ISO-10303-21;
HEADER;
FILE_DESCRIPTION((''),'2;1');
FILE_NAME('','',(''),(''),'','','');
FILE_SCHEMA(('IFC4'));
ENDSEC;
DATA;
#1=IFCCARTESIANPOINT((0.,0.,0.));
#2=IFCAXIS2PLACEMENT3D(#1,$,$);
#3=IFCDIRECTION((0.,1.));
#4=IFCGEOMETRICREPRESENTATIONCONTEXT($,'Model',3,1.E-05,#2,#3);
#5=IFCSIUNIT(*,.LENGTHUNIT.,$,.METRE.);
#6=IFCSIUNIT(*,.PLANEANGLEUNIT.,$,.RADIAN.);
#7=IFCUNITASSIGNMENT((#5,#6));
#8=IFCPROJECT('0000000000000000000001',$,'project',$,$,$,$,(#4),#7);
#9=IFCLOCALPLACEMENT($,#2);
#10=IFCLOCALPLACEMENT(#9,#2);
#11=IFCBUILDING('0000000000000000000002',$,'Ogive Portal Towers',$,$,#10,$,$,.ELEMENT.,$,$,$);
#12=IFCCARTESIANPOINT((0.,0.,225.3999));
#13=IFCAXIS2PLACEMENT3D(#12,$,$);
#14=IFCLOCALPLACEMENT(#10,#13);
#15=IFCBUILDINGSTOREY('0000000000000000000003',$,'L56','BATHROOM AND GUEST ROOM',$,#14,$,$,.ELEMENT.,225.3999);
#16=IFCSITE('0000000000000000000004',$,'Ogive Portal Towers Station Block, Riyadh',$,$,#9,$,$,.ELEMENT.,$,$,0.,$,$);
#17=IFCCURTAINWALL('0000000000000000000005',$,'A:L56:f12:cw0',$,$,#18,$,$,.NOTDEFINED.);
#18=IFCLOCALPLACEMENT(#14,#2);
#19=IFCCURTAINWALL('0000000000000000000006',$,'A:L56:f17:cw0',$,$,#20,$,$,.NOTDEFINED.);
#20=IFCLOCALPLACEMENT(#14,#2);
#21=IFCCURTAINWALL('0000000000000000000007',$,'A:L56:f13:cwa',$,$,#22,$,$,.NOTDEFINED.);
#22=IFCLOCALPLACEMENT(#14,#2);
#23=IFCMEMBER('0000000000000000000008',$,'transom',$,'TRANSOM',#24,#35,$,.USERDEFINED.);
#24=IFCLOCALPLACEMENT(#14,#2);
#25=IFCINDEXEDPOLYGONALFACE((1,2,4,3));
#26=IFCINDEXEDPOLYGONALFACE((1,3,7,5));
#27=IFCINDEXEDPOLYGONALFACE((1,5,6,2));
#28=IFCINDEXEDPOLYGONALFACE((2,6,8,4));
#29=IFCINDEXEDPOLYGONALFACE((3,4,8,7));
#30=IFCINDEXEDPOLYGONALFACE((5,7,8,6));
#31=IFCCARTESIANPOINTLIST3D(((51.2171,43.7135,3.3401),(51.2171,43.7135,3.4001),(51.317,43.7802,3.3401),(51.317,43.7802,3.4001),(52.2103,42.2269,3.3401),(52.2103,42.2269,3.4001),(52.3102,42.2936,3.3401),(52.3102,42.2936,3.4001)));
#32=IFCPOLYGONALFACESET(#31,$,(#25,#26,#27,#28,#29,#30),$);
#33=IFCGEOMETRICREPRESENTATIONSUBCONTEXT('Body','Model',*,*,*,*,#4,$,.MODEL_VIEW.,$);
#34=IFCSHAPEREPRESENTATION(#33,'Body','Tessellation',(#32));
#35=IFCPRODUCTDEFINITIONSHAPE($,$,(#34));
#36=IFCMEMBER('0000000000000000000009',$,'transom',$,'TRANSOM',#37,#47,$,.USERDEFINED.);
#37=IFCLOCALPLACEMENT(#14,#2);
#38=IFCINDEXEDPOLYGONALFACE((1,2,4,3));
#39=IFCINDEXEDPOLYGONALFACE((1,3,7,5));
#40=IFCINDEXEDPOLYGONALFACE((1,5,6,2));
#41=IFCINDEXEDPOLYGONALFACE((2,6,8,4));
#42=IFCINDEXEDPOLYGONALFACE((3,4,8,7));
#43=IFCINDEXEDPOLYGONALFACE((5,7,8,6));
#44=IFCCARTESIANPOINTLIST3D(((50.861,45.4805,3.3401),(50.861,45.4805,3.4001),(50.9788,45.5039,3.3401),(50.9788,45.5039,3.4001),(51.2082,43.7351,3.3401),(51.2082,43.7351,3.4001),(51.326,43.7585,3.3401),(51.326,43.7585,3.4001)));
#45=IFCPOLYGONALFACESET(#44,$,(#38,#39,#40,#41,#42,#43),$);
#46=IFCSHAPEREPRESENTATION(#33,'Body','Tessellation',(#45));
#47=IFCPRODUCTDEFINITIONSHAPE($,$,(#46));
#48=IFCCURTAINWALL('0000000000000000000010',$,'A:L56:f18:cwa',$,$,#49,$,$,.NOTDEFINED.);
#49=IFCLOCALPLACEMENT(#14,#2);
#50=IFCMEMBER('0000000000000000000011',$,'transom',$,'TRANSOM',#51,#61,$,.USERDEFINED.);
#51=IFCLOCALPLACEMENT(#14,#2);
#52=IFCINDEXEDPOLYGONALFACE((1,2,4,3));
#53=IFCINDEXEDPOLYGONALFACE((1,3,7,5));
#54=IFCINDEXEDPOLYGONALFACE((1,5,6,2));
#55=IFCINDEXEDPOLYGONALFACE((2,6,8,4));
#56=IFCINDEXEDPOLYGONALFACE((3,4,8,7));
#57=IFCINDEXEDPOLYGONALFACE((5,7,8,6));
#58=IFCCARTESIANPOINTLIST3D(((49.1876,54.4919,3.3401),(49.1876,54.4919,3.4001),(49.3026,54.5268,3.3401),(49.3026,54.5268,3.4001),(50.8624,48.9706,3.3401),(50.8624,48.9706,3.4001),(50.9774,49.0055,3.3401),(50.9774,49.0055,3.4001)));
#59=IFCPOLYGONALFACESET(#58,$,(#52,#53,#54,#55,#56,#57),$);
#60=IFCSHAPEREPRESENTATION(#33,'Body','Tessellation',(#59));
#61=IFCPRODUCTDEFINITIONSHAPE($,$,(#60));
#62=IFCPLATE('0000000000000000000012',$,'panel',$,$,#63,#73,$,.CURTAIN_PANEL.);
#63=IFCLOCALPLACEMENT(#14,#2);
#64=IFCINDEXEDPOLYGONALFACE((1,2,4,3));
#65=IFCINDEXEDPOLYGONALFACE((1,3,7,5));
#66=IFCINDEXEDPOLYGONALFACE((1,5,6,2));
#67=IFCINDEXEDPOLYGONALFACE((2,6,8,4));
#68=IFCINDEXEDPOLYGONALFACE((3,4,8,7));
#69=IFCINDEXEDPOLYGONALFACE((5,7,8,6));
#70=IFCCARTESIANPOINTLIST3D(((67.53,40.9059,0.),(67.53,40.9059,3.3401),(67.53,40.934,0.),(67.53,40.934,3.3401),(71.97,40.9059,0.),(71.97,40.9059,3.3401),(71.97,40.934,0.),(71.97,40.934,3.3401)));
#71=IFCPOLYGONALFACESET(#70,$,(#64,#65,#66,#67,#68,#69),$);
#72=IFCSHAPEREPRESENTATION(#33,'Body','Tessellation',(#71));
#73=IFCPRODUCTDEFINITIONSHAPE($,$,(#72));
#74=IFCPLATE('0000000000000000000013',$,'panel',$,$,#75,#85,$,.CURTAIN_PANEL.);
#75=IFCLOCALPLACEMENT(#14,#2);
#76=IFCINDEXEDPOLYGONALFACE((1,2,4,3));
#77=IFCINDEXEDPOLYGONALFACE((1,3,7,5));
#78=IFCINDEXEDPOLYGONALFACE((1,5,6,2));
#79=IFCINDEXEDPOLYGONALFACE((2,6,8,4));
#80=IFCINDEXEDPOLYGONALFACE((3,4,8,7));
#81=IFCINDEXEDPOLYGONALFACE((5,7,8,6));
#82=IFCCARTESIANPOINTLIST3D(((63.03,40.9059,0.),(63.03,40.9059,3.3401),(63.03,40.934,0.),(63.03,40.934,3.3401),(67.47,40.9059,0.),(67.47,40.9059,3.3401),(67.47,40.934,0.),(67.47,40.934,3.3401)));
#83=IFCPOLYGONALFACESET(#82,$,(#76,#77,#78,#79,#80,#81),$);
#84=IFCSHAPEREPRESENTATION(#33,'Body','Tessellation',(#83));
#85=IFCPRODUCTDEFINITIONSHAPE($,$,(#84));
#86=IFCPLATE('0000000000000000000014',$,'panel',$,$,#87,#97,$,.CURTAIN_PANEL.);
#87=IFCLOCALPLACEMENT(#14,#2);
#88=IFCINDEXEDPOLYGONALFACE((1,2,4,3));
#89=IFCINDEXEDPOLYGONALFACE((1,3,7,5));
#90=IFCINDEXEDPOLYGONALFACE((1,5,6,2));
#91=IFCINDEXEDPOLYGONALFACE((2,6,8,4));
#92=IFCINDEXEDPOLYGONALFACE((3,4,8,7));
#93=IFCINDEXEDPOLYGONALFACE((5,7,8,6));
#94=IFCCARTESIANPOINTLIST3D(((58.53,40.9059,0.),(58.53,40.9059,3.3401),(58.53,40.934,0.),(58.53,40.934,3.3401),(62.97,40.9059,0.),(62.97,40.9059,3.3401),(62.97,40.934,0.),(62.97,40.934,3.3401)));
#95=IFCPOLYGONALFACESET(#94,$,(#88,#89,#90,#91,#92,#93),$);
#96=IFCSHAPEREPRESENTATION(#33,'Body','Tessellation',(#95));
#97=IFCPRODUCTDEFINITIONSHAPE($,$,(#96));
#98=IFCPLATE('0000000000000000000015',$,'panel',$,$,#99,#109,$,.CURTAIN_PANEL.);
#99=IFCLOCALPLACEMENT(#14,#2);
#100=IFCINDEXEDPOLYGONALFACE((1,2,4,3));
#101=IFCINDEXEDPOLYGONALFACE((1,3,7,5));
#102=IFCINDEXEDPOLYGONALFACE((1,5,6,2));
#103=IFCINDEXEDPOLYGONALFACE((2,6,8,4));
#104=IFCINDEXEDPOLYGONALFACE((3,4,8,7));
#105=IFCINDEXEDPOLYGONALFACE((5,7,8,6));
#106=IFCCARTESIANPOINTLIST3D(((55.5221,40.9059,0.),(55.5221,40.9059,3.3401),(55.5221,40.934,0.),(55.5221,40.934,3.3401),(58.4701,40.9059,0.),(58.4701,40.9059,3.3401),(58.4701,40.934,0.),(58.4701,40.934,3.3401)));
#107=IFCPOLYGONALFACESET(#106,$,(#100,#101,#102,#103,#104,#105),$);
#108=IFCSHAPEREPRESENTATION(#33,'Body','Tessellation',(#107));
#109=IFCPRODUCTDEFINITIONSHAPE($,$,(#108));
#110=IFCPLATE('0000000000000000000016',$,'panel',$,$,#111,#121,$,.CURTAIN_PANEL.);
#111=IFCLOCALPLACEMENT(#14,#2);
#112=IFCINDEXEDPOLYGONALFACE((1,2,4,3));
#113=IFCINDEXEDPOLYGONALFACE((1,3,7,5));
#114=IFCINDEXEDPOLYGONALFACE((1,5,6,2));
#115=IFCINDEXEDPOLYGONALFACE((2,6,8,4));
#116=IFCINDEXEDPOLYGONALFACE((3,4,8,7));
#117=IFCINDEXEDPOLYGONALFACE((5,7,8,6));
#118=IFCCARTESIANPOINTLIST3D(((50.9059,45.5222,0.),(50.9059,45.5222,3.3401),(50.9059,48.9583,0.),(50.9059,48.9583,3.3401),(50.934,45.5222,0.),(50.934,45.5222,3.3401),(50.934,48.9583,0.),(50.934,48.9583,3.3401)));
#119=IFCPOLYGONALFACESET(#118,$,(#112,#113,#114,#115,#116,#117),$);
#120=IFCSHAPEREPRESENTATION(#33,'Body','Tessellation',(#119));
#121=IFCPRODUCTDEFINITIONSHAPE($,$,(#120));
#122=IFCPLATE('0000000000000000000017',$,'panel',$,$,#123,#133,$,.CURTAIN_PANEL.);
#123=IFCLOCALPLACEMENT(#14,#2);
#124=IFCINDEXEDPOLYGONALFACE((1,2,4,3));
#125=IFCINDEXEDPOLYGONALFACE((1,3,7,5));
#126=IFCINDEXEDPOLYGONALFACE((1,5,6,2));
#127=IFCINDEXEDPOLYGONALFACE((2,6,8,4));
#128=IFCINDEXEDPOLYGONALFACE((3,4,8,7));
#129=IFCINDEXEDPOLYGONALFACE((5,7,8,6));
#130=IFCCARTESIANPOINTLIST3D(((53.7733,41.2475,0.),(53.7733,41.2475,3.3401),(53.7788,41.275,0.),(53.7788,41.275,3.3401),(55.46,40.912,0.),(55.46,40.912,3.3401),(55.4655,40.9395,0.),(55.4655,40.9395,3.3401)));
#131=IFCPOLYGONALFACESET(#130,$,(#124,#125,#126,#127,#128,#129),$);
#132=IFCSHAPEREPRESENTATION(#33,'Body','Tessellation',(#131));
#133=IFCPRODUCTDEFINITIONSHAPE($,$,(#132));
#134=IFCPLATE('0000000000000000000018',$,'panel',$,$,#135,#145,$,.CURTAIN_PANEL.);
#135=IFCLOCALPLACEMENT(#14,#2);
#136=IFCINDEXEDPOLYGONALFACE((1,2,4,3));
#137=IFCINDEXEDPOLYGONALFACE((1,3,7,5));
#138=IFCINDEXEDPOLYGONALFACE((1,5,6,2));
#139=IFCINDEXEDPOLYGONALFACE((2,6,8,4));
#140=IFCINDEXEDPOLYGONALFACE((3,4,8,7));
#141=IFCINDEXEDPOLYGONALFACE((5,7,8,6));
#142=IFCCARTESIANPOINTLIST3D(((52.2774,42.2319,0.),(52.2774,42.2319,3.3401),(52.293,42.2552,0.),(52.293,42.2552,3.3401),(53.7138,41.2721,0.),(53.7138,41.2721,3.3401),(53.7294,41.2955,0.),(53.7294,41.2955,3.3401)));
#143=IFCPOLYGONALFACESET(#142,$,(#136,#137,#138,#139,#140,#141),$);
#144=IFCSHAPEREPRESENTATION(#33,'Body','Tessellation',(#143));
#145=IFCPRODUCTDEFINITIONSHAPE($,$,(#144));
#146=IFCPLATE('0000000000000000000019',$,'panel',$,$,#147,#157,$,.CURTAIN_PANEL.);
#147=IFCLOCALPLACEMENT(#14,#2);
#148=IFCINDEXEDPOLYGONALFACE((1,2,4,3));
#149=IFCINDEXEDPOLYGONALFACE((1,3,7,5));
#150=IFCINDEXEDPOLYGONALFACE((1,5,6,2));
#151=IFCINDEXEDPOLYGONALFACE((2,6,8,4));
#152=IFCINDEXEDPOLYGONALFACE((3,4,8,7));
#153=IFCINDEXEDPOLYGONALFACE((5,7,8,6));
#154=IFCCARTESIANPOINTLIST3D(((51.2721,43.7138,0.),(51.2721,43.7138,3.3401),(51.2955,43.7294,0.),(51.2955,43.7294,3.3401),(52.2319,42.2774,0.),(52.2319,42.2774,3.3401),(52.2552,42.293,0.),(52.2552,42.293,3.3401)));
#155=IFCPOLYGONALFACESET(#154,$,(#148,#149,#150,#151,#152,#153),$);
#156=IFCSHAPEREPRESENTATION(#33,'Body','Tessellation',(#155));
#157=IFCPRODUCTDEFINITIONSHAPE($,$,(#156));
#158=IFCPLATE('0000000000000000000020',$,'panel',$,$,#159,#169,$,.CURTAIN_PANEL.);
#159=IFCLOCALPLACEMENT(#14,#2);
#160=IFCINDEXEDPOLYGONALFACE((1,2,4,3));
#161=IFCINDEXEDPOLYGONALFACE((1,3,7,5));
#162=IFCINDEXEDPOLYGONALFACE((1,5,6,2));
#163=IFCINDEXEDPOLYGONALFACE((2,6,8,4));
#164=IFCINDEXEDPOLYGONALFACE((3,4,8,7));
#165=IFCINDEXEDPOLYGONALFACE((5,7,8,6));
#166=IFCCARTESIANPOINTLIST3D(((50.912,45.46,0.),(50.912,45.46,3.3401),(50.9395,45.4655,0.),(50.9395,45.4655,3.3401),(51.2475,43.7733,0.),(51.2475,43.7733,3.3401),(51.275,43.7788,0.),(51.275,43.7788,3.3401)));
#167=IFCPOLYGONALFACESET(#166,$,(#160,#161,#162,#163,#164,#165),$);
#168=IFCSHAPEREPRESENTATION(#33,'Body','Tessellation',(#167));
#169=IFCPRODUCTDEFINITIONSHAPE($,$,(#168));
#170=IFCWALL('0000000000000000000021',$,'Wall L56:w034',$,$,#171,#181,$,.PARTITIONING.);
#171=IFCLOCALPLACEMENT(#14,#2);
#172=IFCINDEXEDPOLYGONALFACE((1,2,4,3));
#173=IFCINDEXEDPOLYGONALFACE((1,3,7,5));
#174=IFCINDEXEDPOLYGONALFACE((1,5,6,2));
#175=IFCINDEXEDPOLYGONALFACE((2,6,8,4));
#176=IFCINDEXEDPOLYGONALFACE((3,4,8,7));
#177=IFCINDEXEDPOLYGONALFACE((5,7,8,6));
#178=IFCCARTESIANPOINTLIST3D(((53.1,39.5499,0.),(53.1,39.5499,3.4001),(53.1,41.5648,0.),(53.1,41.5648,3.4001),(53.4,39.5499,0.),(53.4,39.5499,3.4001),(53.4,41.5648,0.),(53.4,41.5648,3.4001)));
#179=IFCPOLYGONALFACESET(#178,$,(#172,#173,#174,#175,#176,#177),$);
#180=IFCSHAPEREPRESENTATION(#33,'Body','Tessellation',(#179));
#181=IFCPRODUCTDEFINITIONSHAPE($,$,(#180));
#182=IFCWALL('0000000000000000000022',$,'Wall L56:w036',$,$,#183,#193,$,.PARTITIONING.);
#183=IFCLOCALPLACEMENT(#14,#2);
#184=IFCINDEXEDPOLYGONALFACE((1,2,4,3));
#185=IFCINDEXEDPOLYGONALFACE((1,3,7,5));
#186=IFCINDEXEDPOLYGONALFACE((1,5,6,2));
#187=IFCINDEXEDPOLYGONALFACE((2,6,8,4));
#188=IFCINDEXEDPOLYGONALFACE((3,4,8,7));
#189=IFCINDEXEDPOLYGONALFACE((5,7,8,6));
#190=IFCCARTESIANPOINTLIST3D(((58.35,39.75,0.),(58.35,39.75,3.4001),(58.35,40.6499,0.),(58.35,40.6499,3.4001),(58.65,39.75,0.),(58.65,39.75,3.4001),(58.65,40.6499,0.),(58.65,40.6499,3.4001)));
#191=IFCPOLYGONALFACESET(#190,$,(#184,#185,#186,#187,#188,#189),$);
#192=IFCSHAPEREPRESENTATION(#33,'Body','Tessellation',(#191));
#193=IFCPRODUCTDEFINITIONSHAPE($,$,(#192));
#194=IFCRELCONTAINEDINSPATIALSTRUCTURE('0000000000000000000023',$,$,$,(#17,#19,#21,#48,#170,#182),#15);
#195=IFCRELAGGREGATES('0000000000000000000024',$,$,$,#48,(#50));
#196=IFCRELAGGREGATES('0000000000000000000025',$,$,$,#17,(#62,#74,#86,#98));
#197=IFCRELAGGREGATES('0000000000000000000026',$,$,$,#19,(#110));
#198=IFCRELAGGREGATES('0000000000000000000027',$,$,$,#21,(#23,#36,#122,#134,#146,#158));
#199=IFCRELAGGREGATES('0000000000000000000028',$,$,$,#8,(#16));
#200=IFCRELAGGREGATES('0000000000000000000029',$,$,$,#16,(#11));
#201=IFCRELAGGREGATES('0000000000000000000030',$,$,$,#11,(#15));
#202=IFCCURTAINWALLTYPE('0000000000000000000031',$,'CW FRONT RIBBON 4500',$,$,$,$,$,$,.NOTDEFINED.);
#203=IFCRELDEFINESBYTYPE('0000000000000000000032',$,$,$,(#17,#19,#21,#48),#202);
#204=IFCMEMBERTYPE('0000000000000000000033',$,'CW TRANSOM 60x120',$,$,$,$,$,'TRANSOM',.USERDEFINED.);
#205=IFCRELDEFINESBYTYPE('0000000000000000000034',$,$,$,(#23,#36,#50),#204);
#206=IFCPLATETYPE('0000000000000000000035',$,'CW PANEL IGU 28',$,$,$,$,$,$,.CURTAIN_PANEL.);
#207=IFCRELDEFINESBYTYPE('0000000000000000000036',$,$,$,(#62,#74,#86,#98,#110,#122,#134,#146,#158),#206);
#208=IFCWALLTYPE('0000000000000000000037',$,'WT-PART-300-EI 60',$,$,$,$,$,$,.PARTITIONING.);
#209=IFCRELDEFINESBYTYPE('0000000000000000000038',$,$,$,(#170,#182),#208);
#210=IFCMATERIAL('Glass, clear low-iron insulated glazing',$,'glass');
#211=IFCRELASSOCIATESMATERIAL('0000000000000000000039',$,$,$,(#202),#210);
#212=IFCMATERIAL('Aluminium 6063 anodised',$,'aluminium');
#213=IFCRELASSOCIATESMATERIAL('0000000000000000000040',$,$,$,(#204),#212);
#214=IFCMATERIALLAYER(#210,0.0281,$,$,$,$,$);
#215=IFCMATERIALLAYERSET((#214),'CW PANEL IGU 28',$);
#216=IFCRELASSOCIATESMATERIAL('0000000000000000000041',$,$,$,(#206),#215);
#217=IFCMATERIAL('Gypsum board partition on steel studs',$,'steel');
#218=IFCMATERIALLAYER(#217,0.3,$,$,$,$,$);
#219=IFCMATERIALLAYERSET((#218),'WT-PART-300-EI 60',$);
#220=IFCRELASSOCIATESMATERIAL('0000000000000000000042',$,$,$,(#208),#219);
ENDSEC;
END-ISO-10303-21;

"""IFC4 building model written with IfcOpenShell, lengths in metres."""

from ifc_helpers import new_model, si_unit, direction, frame, frame_2d, origin, origin_2d, place, context, subcontext, project, spatial, rectangle, extrude, material, layer, layer_set, material_profile, profile_set, type_object, element, aggregate, save


model = new_model("IFC4")

# Units and contexts
model_context = context("Model", 3, precision=1e-05, world=origin(), true_north=direction((0.0, 1.0)))
body_context = subcontext(model_context, "Body", "Model", "MODEL_VIEW")
ifc_project = project(units=[si_unit("LENGTHUNIT", "METRE"), si_unit("PLANEANGLEUNIT", "RADIAN")], contexts=[model_context])

# Site, building, storey
site_placement = place(None, origin())
site = spatial("IfcSite", under=ifc_project, at=site_placement, Name="Ogive Portal Towers Station Block, Riyadh", CompositionType="ELEMENT", RefElevation=0.0)
building_placement = place(site_placement, origin())
building = spatial("IfcBuilding", under=site, at=building_placement, Name="Ogive Portal Towers", CompositionType="ELEMENT")
storey_placement = place(building_placement, frame((0.0, 0.0, 225.3999)))
storey = spatial("IfcBuildingStorey", under=building, at=storey_placement, Name="L56", Description="BATHROOM AND GUEST ROOM", CompositionType="ELEMENT", Elevation=225.3999)

# Curtain walls
ifc_material_1 = material(Name="Glass, clear low-iron insulated glazing", Category="glass")
curtain_wall_type = type_object("IfcCurtainWallType", Name="CW FRONT RIBBON 4500", PredefinedType="NOTDEFINED", material=ifc_material_1)
curtain_wall_1_placement = place(storey_placement, origin())
curtain_wall_1 = element("IfcCurtainWall", 1, at=curtain_wall_1_placement, inside=storey, type_object=curtain_wall_type, Name="A:L56:f12:cw0", PredefinedType="NOTDEFINED")
ifc_material_2 = material(Name="Aluminium 6063 anodised", Category="aluminium")
curtain_wall_2_placement = place(storey_placement, origin())
curtain_wall_2 = element("IfcCurtainWall", 2, at=curtain_wall_2_placement, inside=storey, type_object=curtain_wall_type, Name="A:L56:f17:cw0", PredefinedType="NOTDEFINED")
curtain_wall_3_placement = place(storey_placement, origin())
curtain_wall_3 = element("IfcCurtainWall", 3, at=curtain_wall_3_placement, inside=storey, type_object=curtain_wall_type, Name="A:L56:f13:cwa", PredefinedType="NOTDEFINED")

# Members
ifc_material_profile_1 = material_profile(ifc_material_2, rectangle(XDim=0.1201, YDim=0.0601, at=origin_2d()), Name="AL 120x60")
ifc_profile_set_1 = profile_set([ifc_material_profile_1], Name="Aluminium 6063 anodised")
member_type_1 = type_object("IfcMemberType", Name="CW TRANSOM 60x120", ElementType="TRANSOM", PredefinedType="USERDEFINED", material=ifc_profile_set_1)
member_1_placement = place(storey_placement, frame((52.2603, 42.2603, 3.3701), z_axis=(-0.555519, 0.831504, 0.0), x_axis=(-0.831504, -0.555519, 0.0)))
member_1 = element("IfcMember", 4, at=member_1_placement, type_object=member_type_1, Name="transom", ObjectType="TRANSOM", PredefinedType="USERDEFINED", context=body_context, shape_type="SweptSolid", body=[
    extrude(rectangle(XDim=0.1201, YDim=0.0601, at=origin_2d()), origin(), (0.0, 0.0, 1.0), 1.7878),
])
member_2_placement = place(storey_placement, frame((51.2671, 43.7468, 3.3701), z_axis=(-0.195087, 0.980786, 0.0), x_axis=(-0.980786, -0.195087, 0.0)))
member_2 = element("IfcMember", 5, at=member_2_placement, type_object=member_type_1, Name="transom", ObjectType="TRANSOM", PredefinedType="USERDEFINED", context=body_context, shape_type="SweptSolid", body=[
    extrude(rectangle(XDim=0.1201, YDim=0.0601, at=origin_2d()), origin(), (0.0, 0.0, 1.0), 1.7795),
])

# Curtain wall, member
curtain_wall_4_placement = place(storey_placement, origin())
curtain_wall_4 = element("IfcCurtainWall", 6, at=curtain_wall_4_placement, inside=storey, type_object=curtain_wall_type, Name="A:L56:f18:cwa", PredefinedType="NOTDEFINED")
member_3_placement = place(storey_placement, frame((50.9199, 48.988, 3.3701), z_axis=(-0.290277, 0.956943, 0.0), x_axis=(-0.956943, -0.290277, 0.0)))
member_3 = element("IfcMember", 7, at=member_3_placement, type_object=member_type_1, Name="transom", ObjectType="TRANSOM", PredefinedType="USERDEFINED", context=body_context, shape_type="SweptSolid", body=[
    extrude(rectangle(XDim=0.1201, YDim=0.0601, at=origin_2d()), origin(), (0.0, 0.0, 1.0), 5.7698),
])
aggregate(curtain_wall_4, [member_3])

# Plates
ifc_layer_1 = layer(ifc_material_1, 0.0281)
ifc_layer_set_1 = layer_set([ifc_layer_1], Name="CW PANEL IGU 28")
plate_type = type_object("IfcPlateType", Name="CW PANEL IGU 28", PredefinedType="CURTAIN_PANEL", material=ifc_layer_set_1)
plate_1_placement = place(storey_placement, frame((69.75, 40.9199, 0.0), z_axis=(0.0, 0.0, 1.0), x_axis=(-1.0, 0.0, 0.0)))
plate_1 = element("IfcPlate", 8, at=plate_1_placement, type_object=plate_type, Name="panel", PredefinedType="CURTAIN_PANEL", context=body_context, shape_type="SweptSolid", body=[
    extrude(rectangle(XDim=4.4399, YDim=0.0281, at=origin_2d()), origin(), (0.0, 0.0, 1.0), 3.3401),
])
plate_2_placement = place(storey_placement, frame((65.25, 40.9199, 0.0), z_axis=(0.0, 0.0, 1.0), x_axis=(-1.0, 0.0, 0.0)))
plate_2 = element("IfcPlate", 9, at=plate_2_placement, type_object=plate_type, Name="panel", PredefinedType="CURTAIN_PANEL", context=body_context, shape_type="SweptSolid", body=[
    extrude(rectangle(XDim=4.4399, YDim=0.0281, at=origin_2d()), origin(), (0.0, 0.0, 1.0), 3.3401),
])
plate_3_placement = place(storey_placement, frame((60.75, 40.9199, 0.0), z_axis=(0.0, 0.0, 1.0), x_axis=(-1.0, 0.0, 0.0)))
plate_3 = element("IfcPlate", 10, at=plate_3_placement, type_object=plate_type, Name="panel", PredefinedType="CURTAIN_PANEL", context=body_context, shape_type="SweptSolid", body=[
    extrude(rectangle(XDim=4.4399, YDim=0.0281, at=origin_2d()), origin(), (0.0, 0.0, 1.0), 3.3401),
])
plate_4_placement = place(storey_placement, frame((56.9961, 40.9199, 0.0), z_axis=(0.0, 0.0, 1.0), x_axis=(-1.0, 0.0, 0.0)))
plate_4 = element("IfcPlate", 11, at=plate_4_placement, type_object=plate_type, Name="panel", PredefinedType="CURTAIN_PANEL", context=body_context, shape_type="SweptSolid", body=[
    extrude(rectangle(XDim=2.948, YDim=0.0281, at=origin_2d()), origin(), (0.0, 0.0, 1.0), 3.3401),
])
aggregate(curtain_wall_1, [plate_1, plate_2, plate_3, plate_4])
plate_5_placement = place(storey_placement, frame((50.9199, 47.2402, 0.0), z_axis=(0.0, 0.0, 1.0), x_axis=(0.0, 1.0, 0.0)))
plate_5 = element("IfcPlate", 12, at=plate_5_placement, type_object=plate_type, Name="panel", PredefinedType="CURTAIN_PANEL", context=body_context, shape_type="SweptSolid", body=[
    extrude(rectangle(XDim=3.436, YDim=0.0281, at=origin_2d()), origin(), (0.0, 0.0, 1.0), 3.3401),
])
aggregate(curtain_wall_2, [plate_5])
plate_6_placement = place(storey_placement, frame((54.6194, 41.0935, 0.0), z_axis=(0.0, 0.0, 1.0), x_axis=(-0.980785, 0.19509, 0.0)))
plate_6 = element("IfcPlate", 13, at=plate_6_placement, type_object=plate_type, Name="panel", PredefinedType="CURTAIN_PANEL", context=body_context, shape_type="SweptSolid", body=[
    extrude(rectangle(XDim=1.7197, YDim=0.0281, at=origin_2d()), origin(), (0.0, 0.0, 1.0), 3.3401),
])
plate_7_placement = place(storey_placement, frame((53.0034, 41.7637, 0.0), z_axis=(0.0, 0.0, 1.0), x_axis=(-0.83147, 0.55557, 0.0)))
plate_7 = element("IfcPlate", 14, at=plate_7_placement, type_object=plate_type, Name="panel", PredefinedType="CURTAIN_PANEL", context=body_context, shape_type="SweptSolid", body=[
    extrude(rectangle(XDim=1.7275, YDim=0.0281, at=origin_2d()), origin(), (0.0, 0.0, 1.0), 3.3401),
])
plate_8_placement = place(storey_placement, frame((51.7637, 43.0034, 0.0), z_axis=(0.0, 0.0, 1.0), x_axis=(-0.55557, 0.83147, 0.0)))
plate_8 = element("IfcPlate", 15, at=plate_8_placement, type_object=plate_type, Name="panel", PredefinedType="CURTAIN_PANEL", context=body_context, shape_type="SweptSolid", body=[
    extrude(rectangle(XDim=1.7275, YDim=0.0281, at=origin_2d()), origin(), (0.0, 0.0, 1.0), 3.3401),
])
plate_9_placement = place(storey_placement, frame((51.0935, 44.6194, 0.0), z_axis=(0.0, 0.0, 1.0), x_axis=(-0.19509, 0.980785, 0.0)))
plate_9 = element("IfcPlate", 16, at=plate_9_placement, type_object=plate_type, Name="panel", PredefinedType="CURTAIN_PANEL", context=body_context, shape_type="SweptSolid", body=[
    extrude(rectangle(XDim=1.7197, YDim=0.0281, at=origin_2d()), origin(), (0.0, 0.0, 1.0), 3.3401),
])
aggregate(curtain_wall_3, [member_1, member_2, plate_6, plate_7, plate_8, plate_9])

# Walls
ifc_material_3 = material(Name="Gypsum board partition on steel studs", Category="steel")
ifc_layer_2 = layer(ifc_material_3, 0.3)
ifc_layer_set_2 = layer_set([ifc_layer_2], Name="WT-PART-300-EI 60")
wall_type = type_object("IfcWallType", Name="WT-PART-300-EI 60", PredefinedType="PARTITIONING", material=ifc_layer_set_2)
wall_1_placement = place(storey_placement, frame((53.25, 39.55, 0.0), z_axis=(0.0, 0.0, 1.0), x_axis=(0.0, 1.0, 0.0)))
element("IfcWall", 17, at=wall_1_placement, inside=storey, type_object=wall_type, Name="Wall L56:w034", PredefinedType="PARTITIONING", context=body_context, shape_type="SweptSolid", body=[
    extrude(rectangle(XDim=2.0149, YDim=0.3, at=frame_2d((1.0073, 0.0))), origin(), (0.0, 0.0, 1.0), 3.4001),
])
wall_2_placement = place(storey_placement, frame((58.5, 39.75, 0.0), z_axis=(0.0, 0.0, 1.0), x_axis=(0.0, 1.0, 0.0)))
element("IfcWall", 18, at=wall_2_placement, inside=storey, type_object=wall_type, Name="Wall L56:w036", PredefinedType="PARTITIONING", context=body_context, shape_type="SweptSolid", body=[
    extrude(rectangle(XDim=0.8999, YDim=0.3, at=frame_2d((0.45, 0.0))), origin(), (0.0, 0.0, 1.0), 3.4001),
])

save(model, "model.ifc")
